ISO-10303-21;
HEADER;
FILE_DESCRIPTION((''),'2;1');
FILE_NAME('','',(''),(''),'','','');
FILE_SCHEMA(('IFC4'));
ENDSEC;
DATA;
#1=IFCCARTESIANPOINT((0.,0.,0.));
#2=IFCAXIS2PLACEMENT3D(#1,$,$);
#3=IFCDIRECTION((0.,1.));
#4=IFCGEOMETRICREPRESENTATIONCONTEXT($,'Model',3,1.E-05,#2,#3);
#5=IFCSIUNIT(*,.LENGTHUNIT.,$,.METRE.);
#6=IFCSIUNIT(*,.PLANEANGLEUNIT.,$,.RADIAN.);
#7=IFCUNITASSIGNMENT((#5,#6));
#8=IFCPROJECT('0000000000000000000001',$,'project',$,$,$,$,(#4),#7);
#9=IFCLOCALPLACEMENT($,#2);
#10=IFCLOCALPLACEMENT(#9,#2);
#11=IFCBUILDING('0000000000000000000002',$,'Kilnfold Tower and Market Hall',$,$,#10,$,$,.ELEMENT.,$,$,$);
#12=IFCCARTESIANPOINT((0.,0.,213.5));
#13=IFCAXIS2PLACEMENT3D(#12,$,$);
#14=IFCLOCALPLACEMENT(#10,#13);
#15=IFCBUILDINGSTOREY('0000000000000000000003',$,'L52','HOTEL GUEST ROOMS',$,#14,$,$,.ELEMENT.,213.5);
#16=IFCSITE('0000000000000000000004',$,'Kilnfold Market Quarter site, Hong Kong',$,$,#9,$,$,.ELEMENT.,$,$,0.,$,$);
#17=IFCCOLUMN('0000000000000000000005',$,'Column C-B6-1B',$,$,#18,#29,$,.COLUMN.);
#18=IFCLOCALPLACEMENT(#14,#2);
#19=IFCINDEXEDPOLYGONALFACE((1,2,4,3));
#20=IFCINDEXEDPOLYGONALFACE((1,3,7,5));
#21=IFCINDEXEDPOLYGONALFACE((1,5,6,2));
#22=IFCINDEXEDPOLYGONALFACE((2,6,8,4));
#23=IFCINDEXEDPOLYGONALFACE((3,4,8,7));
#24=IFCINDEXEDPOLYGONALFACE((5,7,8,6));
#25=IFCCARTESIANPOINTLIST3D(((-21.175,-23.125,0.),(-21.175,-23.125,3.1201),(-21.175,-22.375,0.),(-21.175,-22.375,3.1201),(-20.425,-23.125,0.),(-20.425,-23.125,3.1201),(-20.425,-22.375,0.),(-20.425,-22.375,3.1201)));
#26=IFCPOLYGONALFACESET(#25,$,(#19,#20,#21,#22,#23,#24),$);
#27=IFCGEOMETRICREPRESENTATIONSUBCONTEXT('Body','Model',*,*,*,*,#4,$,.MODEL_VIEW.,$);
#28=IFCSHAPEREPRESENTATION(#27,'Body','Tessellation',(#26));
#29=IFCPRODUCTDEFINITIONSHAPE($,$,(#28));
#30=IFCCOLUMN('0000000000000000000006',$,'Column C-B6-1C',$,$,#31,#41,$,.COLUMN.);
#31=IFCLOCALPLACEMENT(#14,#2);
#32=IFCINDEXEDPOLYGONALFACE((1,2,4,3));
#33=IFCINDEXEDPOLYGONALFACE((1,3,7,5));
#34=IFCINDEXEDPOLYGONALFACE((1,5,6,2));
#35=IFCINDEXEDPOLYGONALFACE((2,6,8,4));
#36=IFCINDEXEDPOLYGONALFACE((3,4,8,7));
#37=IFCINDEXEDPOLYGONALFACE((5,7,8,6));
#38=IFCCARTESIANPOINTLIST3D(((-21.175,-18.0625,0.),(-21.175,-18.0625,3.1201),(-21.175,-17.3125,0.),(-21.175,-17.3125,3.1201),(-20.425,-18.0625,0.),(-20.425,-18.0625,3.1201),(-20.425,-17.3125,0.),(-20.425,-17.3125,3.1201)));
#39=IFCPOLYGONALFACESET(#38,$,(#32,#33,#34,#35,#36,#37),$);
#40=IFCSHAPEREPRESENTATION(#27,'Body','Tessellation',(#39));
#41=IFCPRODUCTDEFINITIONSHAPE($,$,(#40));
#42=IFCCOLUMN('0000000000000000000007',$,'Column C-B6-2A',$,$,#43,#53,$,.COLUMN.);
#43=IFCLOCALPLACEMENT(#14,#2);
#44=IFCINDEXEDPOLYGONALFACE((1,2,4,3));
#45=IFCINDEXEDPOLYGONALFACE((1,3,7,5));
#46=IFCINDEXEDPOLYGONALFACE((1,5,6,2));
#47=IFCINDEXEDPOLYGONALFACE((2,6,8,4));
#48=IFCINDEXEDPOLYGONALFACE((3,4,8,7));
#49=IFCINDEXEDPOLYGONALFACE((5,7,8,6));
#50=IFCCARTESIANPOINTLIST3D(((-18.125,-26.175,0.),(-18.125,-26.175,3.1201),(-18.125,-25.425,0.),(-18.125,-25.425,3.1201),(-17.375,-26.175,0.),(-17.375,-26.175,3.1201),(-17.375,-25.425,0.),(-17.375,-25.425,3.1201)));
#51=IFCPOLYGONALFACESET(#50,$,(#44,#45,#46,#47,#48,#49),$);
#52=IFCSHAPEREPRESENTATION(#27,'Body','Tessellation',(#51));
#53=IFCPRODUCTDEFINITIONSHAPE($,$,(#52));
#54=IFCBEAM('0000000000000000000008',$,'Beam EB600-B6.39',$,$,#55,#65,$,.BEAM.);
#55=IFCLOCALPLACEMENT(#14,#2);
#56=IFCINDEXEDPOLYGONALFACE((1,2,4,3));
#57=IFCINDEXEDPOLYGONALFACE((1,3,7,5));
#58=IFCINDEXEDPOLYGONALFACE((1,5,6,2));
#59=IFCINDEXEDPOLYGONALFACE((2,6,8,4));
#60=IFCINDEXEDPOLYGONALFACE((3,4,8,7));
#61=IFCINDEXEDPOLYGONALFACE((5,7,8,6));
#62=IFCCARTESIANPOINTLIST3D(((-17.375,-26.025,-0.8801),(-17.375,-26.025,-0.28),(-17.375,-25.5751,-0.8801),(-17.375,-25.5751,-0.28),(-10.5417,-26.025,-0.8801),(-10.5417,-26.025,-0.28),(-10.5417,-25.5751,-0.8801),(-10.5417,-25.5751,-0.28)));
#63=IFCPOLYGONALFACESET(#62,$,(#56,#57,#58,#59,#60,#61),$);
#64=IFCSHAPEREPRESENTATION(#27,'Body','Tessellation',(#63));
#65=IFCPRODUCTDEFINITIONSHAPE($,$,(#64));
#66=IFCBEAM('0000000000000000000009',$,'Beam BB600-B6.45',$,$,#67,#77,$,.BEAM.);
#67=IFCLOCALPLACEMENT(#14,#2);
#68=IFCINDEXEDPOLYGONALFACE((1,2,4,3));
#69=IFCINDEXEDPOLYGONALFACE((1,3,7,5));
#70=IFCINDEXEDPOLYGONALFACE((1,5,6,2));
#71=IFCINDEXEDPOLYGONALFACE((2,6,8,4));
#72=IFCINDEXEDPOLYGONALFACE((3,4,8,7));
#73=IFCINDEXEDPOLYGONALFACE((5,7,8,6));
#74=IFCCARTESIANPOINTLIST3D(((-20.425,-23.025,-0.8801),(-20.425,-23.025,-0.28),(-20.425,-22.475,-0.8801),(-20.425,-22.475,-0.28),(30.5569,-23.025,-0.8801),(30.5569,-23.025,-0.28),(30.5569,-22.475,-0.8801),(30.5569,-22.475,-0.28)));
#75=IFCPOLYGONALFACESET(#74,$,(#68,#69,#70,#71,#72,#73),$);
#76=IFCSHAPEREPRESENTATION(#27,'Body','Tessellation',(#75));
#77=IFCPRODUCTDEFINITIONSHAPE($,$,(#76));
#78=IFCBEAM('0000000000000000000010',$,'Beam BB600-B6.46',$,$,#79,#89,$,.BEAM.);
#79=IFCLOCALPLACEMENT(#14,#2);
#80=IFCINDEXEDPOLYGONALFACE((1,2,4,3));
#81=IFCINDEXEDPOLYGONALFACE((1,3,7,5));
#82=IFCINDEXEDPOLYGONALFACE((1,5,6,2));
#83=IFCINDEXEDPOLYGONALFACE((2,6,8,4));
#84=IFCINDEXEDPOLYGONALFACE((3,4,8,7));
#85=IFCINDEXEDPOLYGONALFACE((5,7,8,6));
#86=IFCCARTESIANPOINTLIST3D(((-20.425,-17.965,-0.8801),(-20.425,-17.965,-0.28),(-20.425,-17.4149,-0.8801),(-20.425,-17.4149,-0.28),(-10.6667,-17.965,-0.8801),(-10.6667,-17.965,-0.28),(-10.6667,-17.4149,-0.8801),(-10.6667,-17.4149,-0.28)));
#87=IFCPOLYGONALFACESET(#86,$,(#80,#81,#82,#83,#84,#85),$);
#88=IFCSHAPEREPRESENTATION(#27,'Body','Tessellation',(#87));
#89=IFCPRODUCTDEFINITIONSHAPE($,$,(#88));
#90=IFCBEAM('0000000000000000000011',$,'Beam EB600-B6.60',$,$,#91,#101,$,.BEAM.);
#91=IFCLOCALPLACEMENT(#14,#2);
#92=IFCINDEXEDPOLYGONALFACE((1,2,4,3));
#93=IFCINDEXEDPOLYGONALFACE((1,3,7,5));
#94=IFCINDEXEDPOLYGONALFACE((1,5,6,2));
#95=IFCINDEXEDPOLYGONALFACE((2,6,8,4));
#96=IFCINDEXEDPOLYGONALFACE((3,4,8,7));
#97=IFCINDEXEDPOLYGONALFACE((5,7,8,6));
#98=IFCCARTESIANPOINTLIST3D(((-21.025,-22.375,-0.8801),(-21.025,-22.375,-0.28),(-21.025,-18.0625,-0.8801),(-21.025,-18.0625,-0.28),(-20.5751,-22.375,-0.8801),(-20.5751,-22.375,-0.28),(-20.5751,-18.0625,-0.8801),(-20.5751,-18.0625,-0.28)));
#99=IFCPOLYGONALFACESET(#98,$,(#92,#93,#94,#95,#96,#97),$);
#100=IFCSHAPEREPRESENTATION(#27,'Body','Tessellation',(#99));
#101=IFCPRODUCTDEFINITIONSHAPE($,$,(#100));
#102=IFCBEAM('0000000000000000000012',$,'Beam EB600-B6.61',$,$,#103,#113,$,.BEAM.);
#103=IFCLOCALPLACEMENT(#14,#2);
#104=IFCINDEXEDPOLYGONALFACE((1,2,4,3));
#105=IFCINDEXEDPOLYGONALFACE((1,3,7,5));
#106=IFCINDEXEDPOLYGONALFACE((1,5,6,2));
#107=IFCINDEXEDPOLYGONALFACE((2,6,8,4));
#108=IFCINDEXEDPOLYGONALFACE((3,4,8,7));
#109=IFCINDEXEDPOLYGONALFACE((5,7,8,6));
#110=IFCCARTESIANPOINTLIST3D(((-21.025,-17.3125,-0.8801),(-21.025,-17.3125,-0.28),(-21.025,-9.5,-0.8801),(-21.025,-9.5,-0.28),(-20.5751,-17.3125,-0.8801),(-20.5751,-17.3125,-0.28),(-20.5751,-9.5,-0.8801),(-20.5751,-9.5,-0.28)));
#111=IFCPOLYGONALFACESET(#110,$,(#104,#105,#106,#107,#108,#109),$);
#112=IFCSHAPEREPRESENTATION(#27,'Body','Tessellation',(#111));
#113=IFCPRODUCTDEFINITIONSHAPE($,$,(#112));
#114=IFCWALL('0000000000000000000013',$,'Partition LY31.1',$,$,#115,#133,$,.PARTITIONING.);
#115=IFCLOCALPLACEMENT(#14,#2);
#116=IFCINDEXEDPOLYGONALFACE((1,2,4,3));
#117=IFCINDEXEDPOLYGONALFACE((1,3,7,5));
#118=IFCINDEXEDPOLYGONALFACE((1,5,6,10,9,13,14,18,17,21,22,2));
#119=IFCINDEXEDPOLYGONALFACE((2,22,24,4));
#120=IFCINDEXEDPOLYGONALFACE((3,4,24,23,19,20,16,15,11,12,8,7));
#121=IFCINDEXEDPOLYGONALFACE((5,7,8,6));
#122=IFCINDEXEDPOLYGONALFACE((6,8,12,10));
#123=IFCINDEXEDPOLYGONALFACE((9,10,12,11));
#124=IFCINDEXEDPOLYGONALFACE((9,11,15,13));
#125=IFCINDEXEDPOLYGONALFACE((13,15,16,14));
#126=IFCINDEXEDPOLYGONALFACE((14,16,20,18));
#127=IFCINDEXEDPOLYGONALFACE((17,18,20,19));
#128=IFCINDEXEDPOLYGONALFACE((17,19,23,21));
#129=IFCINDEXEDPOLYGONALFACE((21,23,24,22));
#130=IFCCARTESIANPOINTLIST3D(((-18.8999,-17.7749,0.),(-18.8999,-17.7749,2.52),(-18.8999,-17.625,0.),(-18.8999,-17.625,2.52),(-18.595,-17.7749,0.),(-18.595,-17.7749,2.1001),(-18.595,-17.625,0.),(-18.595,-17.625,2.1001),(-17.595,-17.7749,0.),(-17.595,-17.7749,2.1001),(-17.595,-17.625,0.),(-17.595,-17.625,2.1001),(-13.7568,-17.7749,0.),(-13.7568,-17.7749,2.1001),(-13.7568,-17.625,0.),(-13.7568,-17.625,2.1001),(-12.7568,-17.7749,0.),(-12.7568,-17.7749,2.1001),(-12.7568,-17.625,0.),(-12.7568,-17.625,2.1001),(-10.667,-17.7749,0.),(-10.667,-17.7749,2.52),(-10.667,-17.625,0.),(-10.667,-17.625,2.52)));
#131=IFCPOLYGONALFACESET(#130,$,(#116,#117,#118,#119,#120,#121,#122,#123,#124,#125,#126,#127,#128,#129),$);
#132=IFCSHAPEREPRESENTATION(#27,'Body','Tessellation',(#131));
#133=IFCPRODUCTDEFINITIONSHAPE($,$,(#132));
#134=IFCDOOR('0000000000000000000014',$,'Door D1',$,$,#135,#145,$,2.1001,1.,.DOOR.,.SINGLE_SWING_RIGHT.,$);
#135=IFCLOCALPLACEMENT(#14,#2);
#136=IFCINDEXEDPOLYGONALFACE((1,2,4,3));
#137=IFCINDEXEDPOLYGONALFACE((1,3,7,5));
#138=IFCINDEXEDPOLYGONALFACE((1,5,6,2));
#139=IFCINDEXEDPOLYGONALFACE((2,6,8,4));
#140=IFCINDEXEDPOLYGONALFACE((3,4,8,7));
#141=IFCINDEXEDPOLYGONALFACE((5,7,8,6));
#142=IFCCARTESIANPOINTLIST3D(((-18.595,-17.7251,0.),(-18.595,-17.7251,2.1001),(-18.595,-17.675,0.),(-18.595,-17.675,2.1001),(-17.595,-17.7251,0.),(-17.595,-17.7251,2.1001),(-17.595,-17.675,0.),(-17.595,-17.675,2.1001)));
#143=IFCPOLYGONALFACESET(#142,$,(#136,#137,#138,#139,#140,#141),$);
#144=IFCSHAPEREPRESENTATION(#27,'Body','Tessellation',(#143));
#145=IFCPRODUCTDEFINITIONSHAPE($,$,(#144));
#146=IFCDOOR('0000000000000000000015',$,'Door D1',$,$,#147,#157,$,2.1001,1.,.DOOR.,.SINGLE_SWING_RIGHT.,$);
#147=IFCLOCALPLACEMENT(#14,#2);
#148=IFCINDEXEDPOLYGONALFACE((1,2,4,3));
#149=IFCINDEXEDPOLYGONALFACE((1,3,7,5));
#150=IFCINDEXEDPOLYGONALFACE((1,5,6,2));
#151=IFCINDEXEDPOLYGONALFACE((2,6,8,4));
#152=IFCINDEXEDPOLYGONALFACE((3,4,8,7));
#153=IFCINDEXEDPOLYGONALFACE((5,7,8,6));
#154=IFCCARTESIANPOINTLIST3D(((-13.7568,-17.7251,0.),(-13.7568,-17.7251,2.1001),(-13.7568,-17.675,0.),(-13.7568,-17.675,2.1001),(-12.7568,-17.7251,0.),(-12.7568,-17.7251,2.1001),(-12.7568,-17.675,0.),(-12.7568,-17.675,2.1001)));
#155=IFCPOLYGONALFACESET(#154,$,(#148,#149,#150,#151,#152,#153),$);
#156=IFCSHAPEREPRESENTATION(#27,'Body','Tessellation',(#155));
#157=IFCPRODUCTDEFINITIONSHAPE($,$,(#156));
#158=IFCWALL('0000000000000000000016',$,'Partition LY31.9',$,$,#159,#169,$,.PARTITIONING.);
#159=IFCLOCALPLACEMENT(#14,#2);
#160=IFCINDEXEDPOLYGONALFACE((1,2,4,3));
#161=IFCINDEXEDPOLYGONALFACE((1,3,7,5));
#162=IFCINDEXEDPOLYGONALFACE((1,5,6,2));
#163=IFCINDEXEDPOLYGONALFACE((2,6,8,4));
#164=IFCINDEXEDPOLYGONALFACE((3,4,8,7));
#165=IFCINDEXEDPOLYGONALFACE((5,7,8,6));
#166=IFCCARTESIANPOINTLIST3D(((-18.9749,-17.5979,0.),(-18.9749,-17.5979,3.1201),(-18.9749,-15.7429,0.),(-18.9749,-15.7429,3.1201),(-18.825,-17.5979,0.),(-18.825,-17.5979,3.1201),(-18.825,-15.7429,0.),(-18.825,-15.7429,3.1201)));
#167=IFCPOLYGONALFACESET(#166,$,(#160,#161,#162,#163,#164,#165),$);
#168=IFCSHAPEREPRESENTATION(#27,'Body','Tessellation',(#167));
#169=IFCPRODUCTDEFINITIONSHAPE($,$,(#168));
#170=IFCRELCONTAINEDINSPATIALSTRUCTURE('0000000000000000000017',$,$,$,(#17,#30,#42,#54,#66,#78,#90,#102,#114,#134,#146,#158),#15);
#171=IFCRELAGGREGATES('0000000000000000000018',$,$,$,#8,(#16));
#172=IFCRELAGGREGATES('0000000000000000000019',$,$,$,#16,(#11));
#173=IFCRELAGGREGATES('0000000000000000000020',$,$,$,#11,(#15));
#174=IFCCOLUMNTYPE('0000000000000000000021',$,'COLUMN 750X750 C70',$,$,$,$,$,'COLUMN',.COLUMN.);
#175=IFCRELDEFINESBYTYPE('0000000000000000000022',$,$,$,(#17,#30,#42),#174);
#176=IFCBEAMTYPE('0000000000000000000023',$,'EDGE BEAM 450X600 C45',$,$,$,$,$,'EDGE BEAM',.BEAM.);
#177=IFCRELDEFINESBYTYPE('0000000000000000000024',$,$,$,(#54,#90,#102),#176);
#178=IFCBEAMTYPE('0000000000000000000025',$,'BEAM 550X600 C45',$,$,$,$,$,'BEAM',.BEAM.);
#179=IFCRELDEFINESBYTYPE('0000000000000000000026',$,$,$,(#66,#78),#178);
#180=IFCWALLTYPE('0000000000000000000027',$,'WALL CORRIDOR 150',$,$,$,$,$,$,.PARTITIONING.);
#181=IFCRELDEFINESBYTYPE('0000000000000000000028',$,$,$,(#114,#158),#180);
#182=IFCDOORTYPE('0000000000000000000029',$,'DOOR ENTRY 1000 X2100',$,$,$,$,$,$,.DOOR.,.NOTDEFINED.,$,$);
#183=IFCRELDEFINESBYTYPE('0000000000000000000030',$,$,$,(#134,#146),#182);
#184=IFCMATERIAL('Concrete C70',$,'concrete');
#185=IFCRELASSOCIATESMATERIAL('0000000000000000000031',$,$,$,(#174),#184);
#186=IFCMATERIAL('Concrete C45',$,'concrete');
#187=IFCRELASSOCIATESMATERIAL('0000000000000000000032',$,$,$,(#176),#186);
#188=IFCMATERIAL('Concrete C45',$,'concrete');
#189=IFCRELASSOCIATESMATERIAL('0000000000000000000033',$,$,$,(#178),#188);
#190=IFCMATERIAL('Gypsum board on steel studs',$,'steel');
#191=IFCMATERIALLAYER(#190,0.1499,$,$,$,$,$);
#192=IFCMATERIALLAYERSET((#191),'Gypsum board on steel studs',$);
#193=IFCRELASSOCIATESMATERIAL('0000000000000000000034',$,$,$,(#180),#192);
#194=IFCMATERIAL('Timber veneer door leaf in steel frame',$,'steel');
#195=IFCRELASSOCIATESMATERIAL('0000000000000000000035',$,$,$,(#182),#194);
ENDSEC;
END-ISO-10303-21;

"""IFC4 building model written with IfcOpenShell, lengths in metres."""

from ifc_helpers import new_model, si_unit, direction, frame, frame_2d, origin, origin_2d, place, context, subcontext, project, spatial, rectangle, extrude, source, transform, mapped, material, layer, layer_set, material_profile, profile_set, type_object, element, fill, save


model = new_model("IFC4")

# Units and contexts
model_context = context("Model", 3, precision=1e-05, world=origin(), true_north=direction((0.0, 1.0)))
body_context = subcontext(model_context, "Body", "Model", "MODEL_VIEW")
ifc_project = project(units=[si_unit("LENGTHUNIT", "METRE"), si_unit("PLANEANGLEUNIT", "RADIAN")], contexts=[model_context])

# Site, building, storey
site_placement = place(None, origin())
site = spatial("IfcSite", under=ifc_project, at=site_placement, Name="Kilnfold Market Quarter site, Hong Kong", CompositionType="ELEMENT", RefElevation=0.0)
building_placement = place(site_placement, origin())
building = spatial("IfcBuilding", under=site, at=building_placement, Name="Kilnfold Tower and Market Hall", CompositionType="ELEMENT")
storey_placement = place(building_placement, frame((0.0, 0.0, 213.5)))
storey = spatial("IfcBuildingStorey", under=building, at=storey_placement, Name="L52", Description="HOTEL GUEST ROOMS", CompositionType="ELEMENT", Elevation=213.5)

# Columns
ifc_material_1 = material(Name="Concrete C70", Category="concrete")
ifc_material_profile_1 = material_profile(ifc_material_1, rectangle(XDim=0.75, YDim=0.75, at=origin_2d()), Name="RC 750x750")
ifc_profile_set_1 = profile_set([ifc_material_profile_1], Name="Concrete C70")
column_type = type_object("IfcColumnType", Name="COLUMN 750X750 C70", ElementType="COLUMN", PredefinedType="COLUMN", material=ifc_profile_set_1)
shared_shape_1 = source(origin(), body_context, "Body", "SweptSolid", [
    extrude(rectangle(XDim=0.75, YDim=0.75, at=origin_2d()), origin(), (0.0, 0.0, 1.0), 3.1201),
])
for number, where, z_axis, x_axis, name in (
    (1, (-20.8, -22.75, 0.0), (0.0, 0.0, 1.0), (1.0, 0.0, 0.0), "Column C-B6-1B"),
    (2, (-20.8, -17.6875, 0.0), (0.0, 0.0, 1.0), (1.0, 0.0, 0.0), "Column C-B6-1C"),
    (3, (-17.75, -25.8, 0.0), (0.0, 0.0, 1.0), (1.0, 0.0, 0.0), "Column C-B6-2A"),
):
    element("IfcColumn", number, at=place(storey_placement, frame(where, z_axis=z_axis, x_axis=x_axis)), inside=storey, type_object=column_type, Name=name, PredefinedType="COLUMN", context=body_context, shape_type="MappedRepresentation", body=[
        mapped(shared_shape_1, transform((0.0, 0.0, 0.0))),
    ])

# Beams
ifc_material_2 = material(Name="Concrete C45", Category="concrete")
ifc_material_profile_2 = material_profile(ifc_material_2, rectangle(XDim=0.45, YDim=0.6001, at=origin_2d()), Name="RC 450x600")
ifc_profile_set_2 = profile_set([ifc_material_profile_2], Name="Concrete C45")
beam_type_1 = type_object("IfcBeamType", Name="EDGE BEAM 450X600 C45", ElementType="EDGE BEAM", PredefinedType="BEAM", material=ifc_profile_set_2)
shared_shape_2 = source(origin(), body_context, "Body", "SweptSolid", [
    extrude(rectangle(XDim=0.45, YDim=0.6001, at=origin_2d()), origin(), (0.0, 0.0, 1.0), 6.8333),
])
beam_1_placement = place(storey_placement, frame((-17.375, -25.8, -0.5801), z_axis=(1.0, 0.0, 0.0), x_axis=(0.0, 1.0, 0.0)))
element("IfcBeam", 4, at=beam_1_placement, inside=storey, type_object=beam_type_1, Name="Beam EB600-B6.39", PredefinedType="BEAM", context=body_context, shape_type="MappedRepresentation", body=[
    mapped(shared_shape_2, transform((0.0, 0.0, 0.0))),
])
ifc_material_3 = material(Name="Concrete C45", Category="concrete")
ifc_material_profile_3 = material_profile(ifc_material_3, rectangle(XDim=0.55, YDim=0.6001, at=origin_2d()), Name="RC 550x600")
ifc_profile_set_3 = profile_set([ifc_material_profile_3], Name="Concrete C45")
beam_type_2 = type_object("IfcBeamType", Name="BEAM 550X600 C45", ElementType="BEAM", PredefinedType="BEAM", material=ifc_profile_set_3)
shared_shape_3 = source(origin(), body_context, "Body", "SweptSolid", [
    extrude(rectangle(XDim=0.55, YDim=0.6001, at=origin_2d()), origin(), (0.0, 0.0, 1.0), 50.9819),
])
beam_2_placement = place(storey_placement, frame((-20.425, -22.75, -0.5801), z_axis=(1.0, 0.0, 0.0), x_axis=(0.0, 1.0, 0.0)))
element("IfcBeam", 5, at=beam_2_placement, inside=storey, type_object=beam_type_2, Name="Beam BB600-B6.45", PredefinedType="BEAM", context=body_context, shape_type="MappedRepresentation", body=[
    mapped(shared_shape_3, transform((0.0, 0.0, 0.0))),
])
shared_shape_4 = source(origin(), body_context, "Body", "SweptSolid", [
    extrude(rectangle(XDim=0.55, YDim=0.6001, at=origin_2d()), origin(), (0.0, 0.0, 1.0), 9.7583),
])
beam_3_placement = place(storey_placement, frame((-20.425, -17.6899, -0.5801), z_axis=(1.0, 0.0, 0.0), x_axis=(0.0, 1.0, 0.0)))
element("IfcBeam", 6, at=beam_3_placement, inside=storey, type_object=beam_type_2, Name="Beam BB600-B6.46", PredefinedType="BEAM", context=body_context, shape_type="MappedRepresentation", body=[
    mapped(shared_shape_4, transform((0.0, 0.0, 0.0))),
])
shared_shape_5 = source(origin(), body_context, "Body", "SweptSolid", [
    extrude(rectangle(XDim=0.45, YDim=0.6001, at=origin_2d()), origin(), (0.0, 0.0, 1.0), 4.3125),
])
beam_4_placement = place(storey_placement, frame((-20.8, -22.375, -0.5801), z_axis=(0.0, 1.0, 0.0), x_axis=(-1.0, 0.0, 0.0)))
element("IfcBeam", 7, at=beam_4_placement, inside=storey, type_object=beam_type_1, Name="Beam EB600-B6.60", PredefinedType="BEAM", context=body_context, shape_type="MappedRepresentation", body=[
    mapped(shared_shape_5, transform((0.0, 0.0, 0.0))),
])
shared_shape_6 = source(origin(), body_context, "Body", "SweptSolid", [
    extrude(rectangle(XDim=0.45, YDim=0.6001, at=origin_2d()), origin(), (0.0, 0.0, 1.0), 7.8125),
])
beam_5_placement = place(storey_placement, frame((-20.8, -17.3125, -0.5801), z_axis=(0.0, 1.0, 0.0), x_axis=(-1.0, 0.0, 0.0)))
element("IfcBeam", 8, at=beam_5_placement, inside=storey, type_object=beam_type_1, Name="Beam EB600-B6.61", PredefinedType="BEAM", context=body_context, shape_type="MappedRepresentation", body=[
    mapped(shared_shape_6, transform((0.0, 0.0, 0.0))),
])

# Wall, openings, doors
ifc_material_4 = material(Name="Gypsum board on steel studs", Category="steel")
ifc_layer_1 = layer(ifc_material_4, 0.1499)
ifc_layer_set_1 = layer_set([ifc_layer_1], Name="Gypsum board on steel studs")
wall_type_1 = type_object("IfcWallType", Name="WALL CORRIDOR 150", PredefinedType="PARTITIONING", material=ifc_layer_set_1)
wall_1_placement = place(storey_placement, frame((-18.8999, -17.7, 0.0), z_axis=(0.0, 0.0, 1.0), x_axis=(1.0, 0.0, 0.0)))
wall_1 = element("IfcWall", 9, at=wall_1_placement, inside=storey, type_object=wall_type_1, Name="Partition LY31.1", PredefinedType="PARTITIONING", context=body_context, shape_type="SweptSolid", body=[
    extrude(rectangle(XDim=8.2329, YDim=0.1499, at=frame_2d((4.1165, 0.0))), origin(), (0.0, 0.0, 1.0), 2.52),
])
opening_1_placement = place(wall_1_placement, frame((0.3049, 0.0, 0.0)))
opening_1 = element("IfcOpeningElement", 10, at=opening_1_placement, cuts=wall_1, PredefinedType="OPENING", context=body_context, shape_type="SweptSolid", body=[
    extrude(rectangle(XDim=1.0, YDim=2.1001, at=frame_2d((0.5, 1.05))), frame((0.0, 0.085, 0.0), z_axis=(0.0, -1.0, 0.0), x_axis=(1.0, 0.0, 0.0)), (0.0, 0.0, 1.0), 0.1699),
])
opening_2_placement = place(wall_1_placement, frame((5.1431, 0.0, 0.0)))
opening_2 = element("IfcOpeningElement", 11, at=opening_2_placement, cuts=wall_1, PredefinedType="OPENING", context=body_context, shape_type="SweptSolid", body=[
    extrude(rectangle(XDim=1.0, YDim=2.1001, at=frame_2d((0.5, 1.05))), frame((0.0, 0.085, 0.0), z_axis=(0.0, -1.0, 0.0), x_axis=(1.0, 0.0, 0.0)), (0.0, 0.0, 1.0), 0.1699),
])
ifc_material_5 = material(Name="Timber veneer door leaf in steel frame", Category="steel")
door_type_1 = type_object("IfcDoorType", Name="DOOR ENTRY 1000 X2100", OperationType="NOTDEFINED", PredefinedType="DOOR", material=ifc_material_5)
door_1_placement = place(opening_1_placement, origin())
door_1 = element("IfcDoor", 12, at=door_1_placement, inside=storey, type_object=door_type_1, Name="Door D1", OperationType="SINGLE_SWING_RIGHT", OverallHeight=2.1001, OverallWidth=1.0, PredefinedType="DOOR", context=body_context, shape_type="SweptSolid", body=[
    extrude(rectangle(XDim=1.0, YDim=2.1001, at=frame_2d((0.5, 1.05))), frame((0.0, 0.0249, 0.0), z_axis=(0.0, -1.0, 0.0), x_axis=(1.0, 0.0, 0.0)), (0.0, 0.0, 1.0), 0.05),
])
fill(opening_1, door_1)
door_2_placement = place(opening_2_placement, origin())
door_2 = element("IfcDoor", 13, at=door_2_placement, inside=storey, type_object=door_type_1, Name="Door D1", OperationType="SINGLE_SWING_RIGHT", OverallHeight=2.1001, OverallWidth=1.0, PredefinedType="DOOR", context=body_context, shape_type="SweptSolid", body=[
    extrude(rectangle(XDim=1.0, YDim=2.1001, at=frame_2d((0.5, 1.05))), frame((0.0, 0.0249, 0.0), z_axis=(0.0, -1.0, 0.0), x_axis=(1.0, 0.0, 0.0)), (0.0, 0.0, 1.0), 0.05),
])
fill(opening_2, door_2)

# Wall
wall_2_placement = place(storey_placement, frame((-18.8999, -17.5979, 0.0), z_axis=(0.0, 0.0, 1.0), x_axis=(0.0, 1.0, 0.0)))
element("IfcWall", 14, at=wall_2_placement, inside=storey, type_object=wall_type_1, Name="Partition LY31.9", PredefinedType="PARTITIONING", context=body_context, shape_type="SweptSolid", body=[
    extrude(rectangle(XDim=1.855, YDim=0.1499, at=frame_2d((0.9275, 0.0))), origin(), (0.0, 0.0, 1.0), 3.1201),
])

save(model, "model.ifc")
